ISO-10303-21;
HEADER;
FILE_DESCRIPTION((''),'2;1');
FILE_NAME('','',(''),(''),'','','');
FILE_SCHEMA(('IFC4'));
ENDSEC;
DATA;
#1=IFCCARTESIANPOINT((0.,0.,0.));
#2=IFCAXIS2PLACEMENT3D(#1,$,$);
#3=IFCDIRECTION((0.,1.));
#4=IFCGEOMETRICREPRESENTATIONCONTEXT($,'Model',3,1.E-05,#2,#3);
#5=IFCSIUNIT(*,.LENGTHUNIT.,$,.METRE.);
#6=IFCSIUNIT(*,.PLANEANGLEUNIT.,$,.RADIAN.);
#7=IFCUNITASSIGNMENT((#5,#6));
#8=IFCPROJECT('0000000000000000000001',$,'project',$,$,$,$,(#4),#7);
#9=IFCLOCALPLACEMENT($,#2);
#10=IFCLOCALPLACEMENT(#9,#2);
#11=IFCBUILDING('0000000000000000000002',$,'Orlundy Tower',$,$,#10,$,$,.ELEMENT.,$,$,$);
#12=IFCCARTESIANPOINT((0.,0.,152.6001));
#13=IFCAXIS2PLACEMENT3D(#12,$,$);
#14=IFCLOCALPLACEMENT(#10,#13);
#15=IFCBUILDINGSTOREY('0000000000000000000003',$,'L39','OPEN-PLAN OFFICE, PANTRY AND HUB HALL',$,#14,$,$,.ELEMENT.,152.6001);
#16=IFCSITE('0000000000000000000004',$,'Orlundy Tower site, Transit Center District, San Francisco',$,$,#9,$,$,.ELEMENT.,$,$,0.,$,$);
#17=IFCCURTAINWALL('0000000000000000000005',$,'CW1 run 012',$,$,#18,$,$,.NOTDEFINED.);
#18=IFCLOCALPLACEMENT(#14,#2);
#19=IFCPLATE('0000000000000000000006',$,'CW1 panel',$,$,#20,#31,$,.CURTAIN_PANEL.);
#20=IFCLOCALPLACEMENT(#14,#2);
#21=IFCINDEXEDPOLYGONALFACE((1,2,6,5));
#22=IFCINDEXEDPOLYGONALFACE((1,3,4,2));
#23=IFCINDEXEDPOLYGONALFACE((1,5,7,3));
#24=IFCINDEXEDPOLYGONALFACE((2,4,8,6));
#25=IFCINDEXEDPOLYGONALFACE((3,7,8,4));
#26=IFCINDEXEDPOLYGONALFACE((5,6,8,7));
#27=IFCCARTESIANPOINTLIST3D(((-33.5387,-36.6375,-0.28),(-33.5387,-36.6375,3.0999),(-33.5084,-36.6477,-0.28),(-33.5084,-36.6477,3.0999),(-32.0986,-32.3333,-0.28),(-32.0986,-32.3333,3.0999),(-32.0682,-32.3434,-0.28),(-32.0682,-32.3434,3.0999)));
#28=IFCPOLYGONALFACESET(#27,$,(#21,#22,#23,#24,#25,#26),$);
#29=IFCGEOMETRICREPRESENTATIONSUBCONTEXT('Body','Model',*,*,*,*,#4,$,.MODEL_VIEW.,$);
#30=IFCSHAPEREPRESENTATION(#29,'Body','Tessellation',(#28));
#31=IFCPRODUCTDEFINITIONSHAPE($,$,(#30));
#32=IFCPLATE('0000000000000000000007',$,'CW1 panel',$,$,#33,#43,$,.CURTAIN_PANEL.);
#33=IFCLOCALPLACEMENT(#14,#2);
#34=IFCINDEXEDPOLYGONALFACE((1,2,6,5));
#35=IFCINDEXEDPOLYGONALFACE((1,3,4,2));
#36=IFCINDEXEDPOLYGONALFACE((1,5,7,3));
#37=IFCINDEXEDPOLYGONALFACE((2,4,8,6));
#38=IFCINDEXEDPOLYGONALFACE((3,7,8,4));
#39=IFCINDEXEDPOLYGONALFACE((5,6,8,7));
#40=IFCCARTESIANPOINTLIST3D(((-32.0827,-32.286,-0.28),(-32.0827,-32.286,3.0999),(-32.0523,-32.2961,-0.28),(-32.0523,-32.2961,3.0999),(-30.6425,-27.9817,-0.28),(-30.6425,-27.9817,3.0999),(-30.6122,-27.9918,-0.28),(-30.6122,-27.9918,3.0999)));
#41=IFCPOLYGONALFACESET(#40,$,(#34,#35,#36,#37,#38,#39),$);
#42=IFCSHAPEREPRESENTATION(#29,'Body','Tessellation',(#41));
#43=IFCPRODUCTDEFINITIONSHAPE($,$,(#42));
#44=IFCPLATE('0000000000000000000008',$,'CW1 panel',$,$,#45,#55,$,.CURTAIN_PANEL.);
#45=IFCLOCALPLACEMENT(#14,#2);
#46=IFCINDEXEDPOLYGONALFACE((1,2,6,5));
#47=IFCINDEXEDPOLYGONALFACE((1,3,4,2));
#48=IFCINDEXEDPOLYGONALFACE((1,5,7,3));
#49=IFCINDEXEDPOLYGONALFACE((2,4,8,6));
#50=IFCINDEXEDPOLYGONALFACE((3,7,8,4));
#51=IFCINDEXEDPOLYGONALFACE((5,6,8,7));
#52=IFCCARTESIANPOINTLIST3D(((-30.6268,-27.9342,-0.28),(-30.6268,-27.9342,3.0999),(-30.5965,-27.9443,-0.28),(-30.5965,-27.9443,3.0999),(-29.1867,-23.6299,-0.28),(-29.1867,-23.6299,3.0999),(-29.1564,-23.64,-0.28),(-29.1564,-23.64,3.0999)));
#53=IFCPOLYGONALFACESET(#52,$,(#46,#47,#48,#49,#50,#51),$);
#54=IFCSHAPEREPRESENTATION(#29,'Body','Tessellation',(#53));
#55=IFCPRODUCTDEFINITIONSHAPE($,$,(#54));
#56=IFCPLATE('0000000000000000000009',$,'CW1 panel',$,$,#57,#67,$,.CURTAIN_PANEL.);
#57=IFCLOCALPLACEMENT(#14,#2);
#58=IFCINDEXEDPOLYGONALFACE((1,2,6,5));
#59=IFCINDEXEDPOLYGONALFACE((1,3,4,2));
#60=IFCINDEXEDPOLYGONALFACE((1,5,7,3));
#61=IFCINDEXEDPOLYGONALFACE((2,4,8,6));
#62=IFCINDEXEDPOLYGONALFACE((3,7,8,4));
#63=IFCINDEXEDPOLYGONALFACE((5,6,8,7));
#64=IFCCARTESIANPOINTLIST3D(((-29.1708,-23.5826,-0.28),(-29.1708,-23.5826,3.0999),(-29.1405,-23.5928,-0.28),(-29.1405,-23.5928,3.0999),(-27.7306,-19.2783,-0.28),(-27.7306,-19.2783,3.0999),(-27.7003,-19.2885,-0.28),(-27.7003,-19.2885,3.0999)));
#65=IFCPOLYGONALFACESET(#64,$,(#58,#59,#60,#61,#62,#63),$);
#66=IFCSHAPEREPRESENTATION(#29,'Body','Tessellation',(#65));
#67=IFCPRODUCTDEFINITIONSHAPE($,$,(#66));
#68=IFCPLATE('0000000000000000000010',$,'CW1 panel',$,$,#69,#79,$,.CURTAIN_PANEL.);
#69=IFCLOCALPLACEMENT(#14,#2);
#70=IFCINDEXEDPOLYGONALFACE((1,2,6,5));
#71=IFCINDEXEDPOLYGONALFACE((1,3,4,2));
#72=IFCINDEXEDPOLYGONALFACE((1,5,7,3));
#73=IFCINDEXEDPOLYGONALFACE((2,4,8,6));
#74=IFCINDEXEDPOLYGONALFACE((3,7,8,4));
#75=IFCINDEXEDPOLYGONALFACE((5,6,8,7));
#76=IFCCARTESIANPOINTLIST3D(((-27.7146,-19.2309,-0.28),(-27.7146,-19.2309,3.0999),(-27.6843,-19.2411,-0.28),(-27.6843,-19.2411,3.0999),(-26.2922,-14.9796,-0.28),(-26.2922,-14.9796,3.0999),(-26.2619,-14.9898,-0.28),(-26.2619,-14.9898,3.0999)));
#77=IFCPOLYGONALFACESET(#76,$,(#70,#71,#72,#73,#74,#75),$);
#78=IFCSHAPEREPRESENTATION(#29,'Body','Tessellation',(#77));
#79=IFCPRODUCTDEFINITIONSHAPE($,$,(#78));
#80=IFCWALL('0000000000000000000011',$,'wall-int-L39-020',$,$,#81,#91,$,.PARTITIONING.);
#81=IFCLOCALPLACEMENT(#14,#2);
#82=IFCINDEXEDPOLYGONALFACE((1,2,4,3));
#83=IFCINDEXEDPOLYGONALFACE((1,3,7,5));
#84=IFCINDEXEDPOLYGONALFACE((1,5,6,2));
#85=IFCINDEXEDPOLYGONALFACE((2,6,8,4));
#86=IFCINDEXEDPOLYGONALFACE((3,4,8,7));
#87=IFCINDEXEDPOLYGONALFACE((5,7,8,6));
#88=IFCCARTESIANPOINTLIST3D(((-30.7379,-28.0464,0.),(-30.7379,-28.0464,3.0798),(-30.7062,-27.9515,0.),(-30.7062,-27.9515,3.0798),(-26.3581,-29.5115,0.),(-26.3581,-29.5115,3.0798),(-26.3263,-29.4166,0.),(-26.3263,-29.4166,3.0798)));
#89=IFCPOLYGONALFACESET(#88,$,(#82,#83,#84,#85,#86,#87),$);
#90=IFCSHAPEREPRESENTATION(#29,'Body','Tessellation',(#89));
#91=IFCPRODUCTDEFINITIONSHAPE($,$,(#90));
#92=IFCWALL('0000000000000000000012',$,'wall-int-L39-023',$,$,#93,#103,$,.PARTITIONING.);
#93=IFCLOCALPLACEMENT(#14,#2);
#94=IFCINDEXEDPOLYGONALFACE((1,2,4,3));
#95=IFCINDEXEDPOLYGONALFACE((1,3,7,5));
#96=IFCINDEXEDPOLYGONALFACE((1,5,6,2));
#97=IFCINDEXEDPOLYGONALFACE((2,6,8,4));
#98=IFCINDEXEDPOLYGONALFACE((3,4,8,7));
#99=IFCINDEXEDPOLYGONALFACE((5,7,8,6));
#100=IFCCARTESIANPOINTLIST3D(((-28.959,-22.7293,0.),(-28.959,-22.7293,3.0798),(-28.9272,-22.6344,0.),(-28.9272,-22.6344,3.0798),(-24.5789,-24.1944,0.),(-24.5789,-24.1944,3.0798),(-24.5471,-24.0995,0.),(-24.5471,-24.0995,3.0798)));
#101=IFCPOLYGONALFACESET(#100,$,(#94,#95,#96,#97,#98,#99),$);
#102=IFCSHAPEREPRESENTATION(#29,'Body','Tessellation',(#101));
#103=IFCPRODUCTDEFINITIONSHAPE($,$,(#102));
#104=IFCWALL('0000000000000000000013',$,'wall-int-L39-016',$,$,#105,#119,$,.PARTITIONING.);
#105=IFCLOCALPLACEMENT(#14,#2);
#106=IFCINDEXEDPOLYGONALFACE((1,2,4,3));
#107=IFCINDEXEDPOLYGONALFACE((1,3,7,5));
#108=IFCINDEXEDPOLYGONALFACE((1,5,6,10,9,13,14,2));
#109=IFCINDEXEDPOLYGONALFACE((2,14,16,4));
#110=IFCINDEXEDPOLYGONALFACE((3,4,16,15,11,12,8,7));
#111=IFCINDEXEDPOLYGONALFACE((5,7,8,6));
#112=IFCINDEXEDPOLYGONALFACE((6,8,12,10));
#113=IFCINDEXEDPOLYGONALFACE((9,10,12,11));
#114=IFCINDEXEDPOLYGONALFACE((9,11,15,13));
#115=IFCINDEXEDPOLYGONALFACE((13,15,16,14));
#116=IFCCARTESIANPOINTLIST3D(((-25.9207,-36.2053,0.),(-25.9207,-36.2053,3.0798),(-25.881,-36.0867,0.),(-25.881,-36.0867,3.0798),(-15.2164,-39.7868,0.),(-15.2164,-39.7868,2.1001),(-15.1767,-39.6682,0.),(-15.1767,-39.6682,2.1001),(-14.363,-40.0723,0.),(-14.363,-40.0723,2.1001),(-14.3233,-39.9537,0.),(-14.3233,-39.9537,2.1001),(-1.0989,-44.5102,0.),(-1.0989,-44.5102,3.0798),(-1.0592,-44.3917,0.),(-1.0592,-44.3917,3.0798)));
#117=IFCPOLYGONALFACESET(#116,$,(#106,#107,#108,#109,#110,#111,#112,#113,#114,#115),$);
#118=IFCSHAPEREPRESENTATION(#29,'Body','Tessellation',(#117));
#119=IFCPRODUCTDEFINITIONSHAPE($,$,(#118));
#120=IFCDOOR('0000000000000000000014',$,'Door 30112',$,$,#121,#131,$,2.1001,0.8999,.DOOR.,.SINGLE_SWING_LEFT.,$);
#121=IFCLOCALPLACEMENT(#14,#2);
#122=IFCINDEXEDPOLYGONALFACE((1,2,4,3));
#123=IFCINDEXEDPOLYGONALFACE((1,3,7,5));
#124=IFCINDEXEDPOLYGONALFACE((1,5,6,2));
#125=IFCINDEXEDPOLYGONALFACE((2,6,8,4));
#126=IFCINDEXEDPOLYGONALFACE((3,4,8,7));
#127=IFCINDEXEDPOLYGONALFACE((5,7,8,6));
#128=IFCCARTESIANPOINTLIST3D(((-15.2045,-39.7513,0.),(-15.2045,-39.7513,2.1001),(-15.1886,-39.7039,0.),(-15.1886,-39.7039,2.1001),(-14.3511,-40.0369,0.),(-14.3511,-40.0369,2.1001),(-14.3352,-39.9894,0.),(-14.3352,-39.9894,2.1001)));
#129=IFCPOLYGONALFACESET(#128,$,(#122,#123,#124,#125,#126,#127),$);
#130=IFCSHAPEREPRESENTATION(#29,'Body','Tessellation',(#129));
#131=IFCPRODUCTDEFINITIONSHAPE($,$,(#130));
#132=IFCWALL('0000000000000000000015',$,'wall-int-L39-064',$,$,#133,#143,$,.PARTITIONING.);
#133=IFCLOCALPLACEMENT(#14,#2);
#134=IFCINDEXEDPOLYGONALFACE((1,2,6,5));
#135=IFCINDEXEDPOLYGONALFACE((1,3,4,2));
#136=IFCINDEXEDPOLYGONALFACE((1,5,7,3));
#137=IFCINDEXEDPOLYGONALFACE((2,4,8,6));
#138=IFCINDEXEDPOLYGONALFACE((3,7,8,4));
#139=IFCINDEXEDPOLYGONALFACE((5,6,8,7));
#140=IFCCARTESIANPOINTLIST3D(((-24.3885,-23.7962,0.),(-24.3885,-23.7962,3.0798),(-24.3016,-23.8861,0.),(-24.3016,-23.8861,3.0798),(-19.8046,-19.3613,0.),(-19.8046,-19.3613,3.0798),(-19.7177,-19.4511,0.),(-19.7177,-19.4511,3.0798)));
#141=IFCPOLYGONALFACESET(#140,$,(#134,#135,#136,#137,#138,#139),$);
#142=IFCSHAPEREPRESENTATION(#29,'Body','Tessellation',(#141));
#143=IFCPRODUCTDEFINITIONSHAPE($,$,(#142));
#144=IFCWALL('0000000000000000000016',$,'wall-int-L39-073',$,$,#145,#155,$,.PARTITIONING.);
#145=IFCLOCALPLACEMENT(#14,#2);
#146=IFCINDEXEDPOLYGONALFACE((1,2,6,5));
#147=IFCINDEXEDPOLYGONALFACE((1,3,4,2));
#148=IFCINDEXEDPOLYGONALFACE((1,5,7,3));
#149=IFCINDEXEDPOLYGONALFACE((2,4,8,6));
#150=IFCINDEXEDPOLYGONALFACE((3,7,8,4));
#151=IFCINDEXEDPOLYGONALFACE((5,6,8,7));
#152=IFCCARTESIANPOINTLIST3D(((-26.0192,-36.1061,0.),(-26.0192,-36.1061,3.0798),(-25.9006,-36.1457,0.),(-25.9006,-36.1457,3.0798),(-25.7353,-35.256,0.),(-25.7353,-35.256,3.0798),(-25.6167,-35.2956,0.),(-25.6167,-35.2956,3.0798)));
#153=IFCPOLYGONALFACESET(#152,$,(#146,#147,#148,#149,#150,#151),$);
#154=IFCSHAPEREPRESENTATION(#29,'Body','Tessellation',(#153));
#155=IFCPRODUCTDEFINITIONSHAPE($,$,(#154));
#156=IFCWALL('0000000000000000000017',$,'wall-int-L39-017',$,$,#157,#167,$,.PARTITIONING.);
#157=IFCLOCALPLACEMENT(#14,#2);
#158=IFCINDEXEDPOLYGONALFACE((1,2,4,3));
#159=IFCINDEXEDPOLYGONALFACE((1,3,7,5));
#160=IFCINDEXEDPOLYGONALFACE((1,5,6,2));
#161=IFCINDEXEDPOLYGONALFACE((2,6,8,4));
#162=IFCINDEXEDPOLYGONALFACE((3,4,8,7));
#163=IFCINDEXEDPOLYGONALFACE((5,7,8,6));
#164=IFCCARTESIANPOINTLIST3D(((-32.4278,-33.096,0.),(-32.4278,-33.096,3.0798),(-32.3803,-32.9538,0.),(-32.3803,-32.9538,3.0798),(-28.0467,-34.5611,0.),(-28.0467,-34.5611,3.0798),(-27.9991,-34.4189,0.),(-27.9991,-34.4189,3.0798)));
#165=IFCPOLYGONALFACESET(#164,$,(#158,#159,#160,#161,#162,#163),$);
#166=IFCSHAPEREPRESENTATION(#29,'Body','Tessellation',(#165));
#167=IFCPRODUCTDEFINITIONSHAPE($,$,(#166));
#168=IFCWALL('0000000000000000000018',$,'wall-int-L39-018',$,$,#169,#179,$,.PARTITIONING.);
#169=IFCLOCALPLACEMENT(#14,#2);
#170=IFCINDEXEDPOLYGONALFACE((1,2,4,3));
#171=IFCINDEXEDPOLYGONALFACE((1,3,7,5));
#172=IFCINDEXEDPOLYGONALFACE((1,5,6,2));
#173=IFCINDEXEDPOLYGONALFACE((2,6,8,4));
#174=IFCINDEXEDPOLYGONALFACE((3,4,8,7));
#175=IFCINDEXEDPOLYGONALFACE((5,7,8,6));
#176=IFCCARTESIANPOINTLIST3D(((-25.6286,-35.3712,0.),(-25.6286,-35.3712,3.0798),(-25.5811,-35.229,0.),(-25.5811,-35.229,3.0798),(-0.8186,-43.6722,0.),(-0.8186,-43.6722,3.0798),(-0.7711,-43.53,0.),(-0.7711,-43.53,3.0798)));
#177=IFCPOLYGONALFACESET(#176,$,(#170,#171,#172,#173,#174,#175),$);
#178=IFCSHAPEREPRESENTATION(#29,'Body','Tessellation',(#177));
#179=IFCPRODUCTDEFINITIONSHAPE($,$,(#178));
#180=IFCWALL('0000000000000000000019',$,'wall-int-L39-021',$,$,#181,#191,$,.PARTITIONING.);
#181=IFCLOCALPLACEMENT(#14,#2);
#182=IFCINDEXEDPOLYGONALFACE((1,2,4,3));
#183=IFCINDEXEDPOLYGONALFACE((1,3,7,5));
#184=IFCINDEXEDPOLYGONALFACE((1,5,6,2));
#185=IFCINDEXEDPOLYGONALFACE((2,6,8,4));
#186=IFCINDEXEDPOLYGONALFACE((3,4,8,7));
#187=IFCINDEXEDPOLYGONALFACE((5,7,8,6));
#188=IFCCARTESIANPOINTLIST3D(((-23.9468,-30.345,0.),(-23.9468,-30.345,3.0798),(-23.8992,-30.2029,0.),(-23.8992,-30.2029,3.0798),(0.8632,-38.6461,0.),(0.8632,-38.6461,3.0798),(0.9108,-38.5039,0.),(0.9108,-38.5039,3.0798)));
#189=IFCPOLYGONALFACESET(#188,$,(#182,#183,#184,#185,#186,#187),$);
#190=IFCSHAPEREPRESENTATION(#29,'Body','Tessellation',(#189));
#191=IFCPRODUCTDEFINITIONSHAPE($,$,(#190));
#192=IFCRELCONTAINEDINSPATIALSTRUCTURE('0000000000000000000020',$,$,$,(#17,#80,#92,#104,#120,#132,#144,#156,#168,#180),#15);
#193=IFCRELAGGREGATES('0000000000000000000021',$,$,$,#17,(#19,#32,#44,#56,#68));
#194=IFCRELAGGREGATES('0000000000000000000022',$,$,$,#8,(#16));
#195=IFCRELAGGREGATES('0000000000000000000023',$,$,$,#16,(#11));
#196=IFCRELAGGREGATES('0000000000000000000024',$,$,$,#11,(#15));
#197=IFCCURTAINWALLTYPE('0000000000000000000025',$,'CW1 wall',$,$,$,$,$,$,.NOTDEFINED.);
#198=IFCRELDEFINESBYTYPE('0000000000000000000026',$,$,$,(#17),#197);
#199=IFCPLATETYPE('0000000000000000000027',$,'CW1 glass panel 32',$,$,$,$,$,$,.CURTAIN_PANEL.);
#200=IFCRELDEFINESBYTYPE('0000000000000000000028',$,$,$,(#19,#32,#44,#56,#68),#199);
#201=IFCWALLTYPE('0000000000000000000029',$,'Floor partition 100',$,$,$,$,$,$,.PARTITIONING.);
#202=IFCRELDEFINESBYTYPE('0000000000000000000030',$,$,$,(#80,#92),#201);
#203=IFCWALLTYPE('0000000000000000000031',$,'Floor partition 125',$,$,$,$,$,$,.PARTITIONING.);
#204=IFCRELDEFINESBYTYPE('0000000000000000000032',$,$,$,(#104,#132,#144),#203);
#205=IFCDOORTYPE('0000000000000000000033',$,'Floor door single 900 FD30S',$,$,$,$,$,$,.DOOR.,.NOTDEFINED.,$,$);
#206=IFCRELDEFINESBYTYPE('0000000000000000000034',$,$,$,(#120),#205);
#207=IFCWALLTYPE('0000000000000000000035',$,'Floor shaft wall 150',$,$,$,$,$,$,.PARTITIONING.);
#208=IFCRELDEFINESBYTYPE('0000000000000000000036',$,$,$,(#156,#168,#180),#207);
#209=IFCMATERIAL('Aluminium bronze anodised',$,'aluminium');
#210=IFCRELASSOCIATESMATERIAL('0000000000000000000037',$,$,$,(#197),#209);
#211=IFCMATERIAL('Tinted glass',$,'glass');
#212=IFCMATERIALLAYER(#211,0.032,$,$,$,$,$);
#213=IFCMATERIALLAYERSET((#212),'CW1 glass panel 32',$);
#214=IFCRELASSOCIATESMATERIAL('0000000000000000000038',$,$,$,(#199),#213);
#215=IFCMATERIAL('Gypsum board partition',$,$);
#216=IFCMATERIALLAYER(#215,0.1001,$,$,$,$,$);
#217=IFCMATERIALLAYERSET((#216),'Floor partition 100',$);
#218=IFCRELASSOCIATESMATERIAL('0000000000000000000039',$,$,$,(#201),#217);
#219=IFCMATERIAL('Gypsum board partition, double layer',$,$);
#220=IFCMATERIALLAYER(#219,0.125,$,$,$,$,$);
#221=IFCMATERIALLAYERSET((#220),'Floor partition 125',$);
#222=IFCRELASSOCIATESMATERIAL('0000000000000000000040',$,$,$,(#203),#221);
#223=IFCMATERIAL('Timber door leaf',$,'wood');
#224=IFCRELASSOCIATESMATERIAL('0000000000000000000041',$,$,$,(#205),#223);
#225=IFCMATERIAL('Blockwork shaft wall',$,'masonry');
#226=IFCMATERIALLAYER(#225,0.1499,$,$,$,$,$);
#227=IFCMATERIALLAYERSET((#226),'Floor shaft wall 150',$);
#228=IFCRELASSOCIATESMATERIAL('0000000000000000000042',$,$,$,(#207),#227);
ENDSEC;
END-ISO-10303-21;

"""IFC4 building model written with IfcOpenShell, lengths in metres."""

from ifc_helpers import new_model, si_unit, direction, frame, frame_2d, origin, origin_2d, place, context, subcontext, project, spatial, rectangle, extrude, material, layer, layer_set, type_object, element, fill, aggregate, save


model = new_model("IFC4")

# Units and contexts
model_context = context("Model", 3, precision=1e-05, world=origin(), true_north=direction((0.0, 1.0)))
body_context = subcontext(model_context, "Body", "Model", "MODEL_VIEW")
ifc_project = project(units=[si_unit("LENGTHUNIT", "METRE"), si_unit("PLANEANGLEUNIT", "RADIAN")], contexts=[model_context])

# Site, building, storey
site_placement = place(None, origin())
site = spatial("IfcSite", under=ifc_project, at=site_placement, Name="Orlundy Tower site, Transit Center District, San Francisco", CompositionType="ELEMENT", RefElevation=0.0)
building_placement = place(site_placement, origin())
building = spatial("IfcBuilding", under=site, at=building_placement, Name="Orlundy Tower", CompositionType="ELEMENT")
storey_placement = place(building_placement, frame((0.0, 0.0, 152.6001)))
storey = spatial("IfcBuildingStorey", under=building, at=storey_placement, Name="L39", Description="OPEN-PLAN OFFICE, PANTRY AND HUB HALL", CompositionType="ELEMENT", Elevation=152.6001)

# Curtain wall
ifc_material_1 = material(Name="Aluminium bronze anodised", Category="aluminium")
curtain_wall_type = type_object("IfcCurtainWallType", Name="CW1 wall", PredefinedType="NOTDEFINED", material=ifc_material_1)
curtain_wall_1_placement = place(storey_placement, origin())
curtain_wall_1 = element("IfcCurtainWall", 1, at=curtain_wall_1_placement, inside=storey, type_object=curtain_wall_type, Name="CW1 run 012", PredefinedType="NOTDEFINED")

# Shared definitions
ifc_material_2 = material(Name="Tinted glass", Category="glass")
ifc_layer_1 = layer(ifc_material_2, 0.032)
ifc_layer_set_1 = layer_set([ifc_layer_1], Name="CW1 glass panel 32")
plate_type = type_object("IfcPlateType", Name="CW1 glass panel 32", PredefinedType="CURTAIN_PANEL", material=ifc_layer_set_1)

# Plates
plate_1_placement = place(storey_placement, frame((-32.8035, -34.4905, -0.28), z_axis=(0.0, 0.0, 1.0), x_axis=(0.317295, 0.948327, 0.0)))
plate_1 = element("IfcPlate", 2, at=plate_1_placement, type_object=plate_type, Name="CW1 panel", PredefinedType="CURTAIN_PANEL", context=body_context, shape_type="SweptSolid", body=[
    extrude(rectangle(XDim=4.5388, YDim=0.032, at=origin_2d()), origin(), (0.0, 0.0, 1.0), 3.3799),
])
plate_2_placement = place(storey_placement, frame((-31.3474, -30.1389, -0.28), z_axis=(0.0, 0.0, 1.0), x_axis=(0.317295, 0.948327, 0.0)))
plate_2 = element("IfcPlate", 3, at=plate_2_placement, type_object=plate_type, Name="CW1 panel", PredefinedType="CURTAIN_PANEL", context=body_context, shape_type="SweptSolid", body=[
    extrude(rectangle(XDim=4.5388, YDim=0.032, at=origin_2d()), origin(), (0.0, 0.0, 1.0), 3.3799),
])
plate_3_placement = place(storey_placement, frame((-29.8916, -25.7871, -0.28), z_axis=(0.0, 0.0, 1.0), x_axis=(0.317295, 0.948327, 0.0)))
plate_3 = element("IfcPlate", 4, at=plate_3_placement, type_object=plate_type, Name="CW1 panel", PredefinedType="CURTAIN_PANEL", context=body_context, shape_type="SweptSolid", body=[
    extrude(rectangle(XDim=4.5388, YDim=0.032, at=origin_2d()), origin(), (0.0, 0.0, 1.0), 3.3799),
])
plate_4_placement = place(storey_placement, frame((-28.4355, -21.4355, -0.28), z_axis=(0.0, 0.0, 1.0), x_axis=(0.317295, 0.948327, 0.0)))
plate_4 = element("IfcPlate", 5, at=plate_4_placement, type_object=plate_type, Name="CW1 panel", PredefinedType="CURTAIN_PANEL", context=body_context, shape_type="SweptSolid", body=[
    extrude(rectangle(XDim=4.5388, YDim=0.032, at=origin_2d()), origin(), (0.0, 0.0, 1.0), 3.3799),
])
plate_5_placement = place(storey_placement, frame((-26.9883, -17.1104, -0.28), z_axis=(0.0, 0.0, 1.0), x_axis=(0.317295, 0.948327, 0.0)))
plate_5 = element("IfcPlate", 6, at=plate_5_placement, type_object=plate_type, Name="CW1 panel", PredefinedType="CURTAIN_PANEL", context=body_context, shape_type="SweptSolid", body=[
    extrude(rectangle(XDim=4.4829, YDim=0.032, at=origin_2d()), origin(), (0.0, 0.0, 1.0), 3.3799),
])
aggregate(curtain_wall_1, [plate_1, plate_2, plate_3, plate_4, plate_5])

# Walls
ifc_material_3 = material(Name="Gypsum board partition")
ifc_layer_2 = layer(ifc_material_3, 0.1001)
ifc_layer_set_2 = layer_set([ifc_layer_2], Name="Floor partition 100")
wall_type_1 = type_object("IfcWallType", Name="Floor partition 100", PredefinedType="PARTITIONING", material=ifc_layer_set_2)
wall_1_placement = place(storey_placement, frame((-30.7219, -27.999, 0.0), z_axis=(0.0, 0.0, 1.0), x_axis=(0.94835, -0.317227, 0.0)))
element("IfcWall", 7, at=wall_1_placement, inside=storey, type_object=wall_type_1, Name="wall-int-L39-020", PredefinedType="PARTITIONING", context=body_context, shape_type="SweptSolid", body=[
    extrude(rectangle(XDim=4.6184, YDim=0.1001, at=frame_2d((2.3091, 0.0))), origin(), (0.0, 0.0, 1.0), 3.0798),
])
wall_2_placement = place(storey_placement, frame((-28.9431, -22.6819, 0.0), z_axis=(0.0, 0.0, 1.0), x_axis=(0.948355, -0.317211, 0.0)))
element("IfcWall", 8, at=wall_2_placement, inside=storey, type_object=wall_type_1, Name="wall-int-L39-023", PredefinedType="PARTITIONING", context=body_context, shape_type="SweptSolid", body=[
    extrude(rectangle(XDim=4.6187, YDim=0.1001, at=frame_2d((2.3093, 0.0))), origin(), (0.0, 0.0, 1.0), 3.0798),
])

# Wall, opening, door
ifc_material_4 = material(Name="Gypsum board partition, double layer")
ifc_layer_3 = layer(ifc_material_4, 0.125)
ifc_layer_set_3 = layer_set([ifc_layer_3], Name="Floor partition 125")
wall_type_2 = type_object("IfcWallType", Name="Floor partition 125", PredefinedType="PARTITIONING", material=ifc_layer_set_3)
wall_3_placement = place(storey_placement, frame((-25.9009, -36.146, 0.0), z_axis=(0.0, 0.0, 1.0), x_axis=(0.948327, -0.317294, 0.0)))
wall_3 = element("IfcWall", 9, at=wall_3_placement, inside=storey, type_object=wall_type_2, Name="wall-int-L39-016", PredefinedType="PARTITIONING", context=body_context, shape_type="SweptSolid", body=[
    extrude(rectangle(XDim=26.1743, YDim=0.125, at=frame_2d((13.0872, 0.0))), origin(), (0.0, 0.0, 1.0), 3.0798),
])
opening_placement = place(wall_3_placement, frame((11.2876, 0.0, 0.0)))
opening = element("IfcOpeningElement", 10, at=opening_placement, cuts=wall_3, PredefinedType="OPENING", context=body_context, shape_type="SweptSolid", body=[
    extrude(rectangle(XDim=0.8999, YDim=2.1001, at=frame_2d((0.45, 1.05))), frame((0.0, 0.0725, 0.0), z_axis=(0.0, -1.0, 0.0), x_axis=(1.0, 0.0, 0.0)), (0.0, 0.0, 1.0), 0.145),
])
ifc_material_5 = material(Name="Timber door leaf", Category="wood")
door_type = type_object("IfcDoorType", Name="Floor door single 900 FD30S", OperationType="NOTDEFINED", PredefinedType="DOOR", material=ifc_material_5)
door_placement = place(opening_placement, origin())
door = element("IfcDoor", 11, at=door_placement, inside=storey, type_object=door_type, Name="Door 30112", OperationType="SINGLE_SWING_LEFT", OverallHeight=2.1001, OverallWidth=0.8999, PredefinedType="DOOR", context=body_context, shape_type="SweptSolid", body=[
    extrude(rectangle(XDim=0.8999, YDim=2.1001, at=frame_2d((0.45, 1.05))), frame((0.0, 0.0249, 0.0), z_axis=(0.0, -1.0, 0.0), x_axis=(1.0, 0.0, 0.0)), (0.0, 0.0, 1.0), 0.05),
])
fill(opening, door)

# Walls
wall_4_placement = place(storey_placement, frame((-24.345, -23.8411, 0.0), z_axis=(0.0, 0.0, 1.0), x_axis=(0.718685, 0.695336, 0.0)))
element("IfcWall", 12, at=wall_4_placement, inside=storey, type_object=wall_type_2, Name="wall-int-L39-064", PredefinedType="PARTITIONING", context=body_context, shape_type="SweptSolid", body=[
    extrude(rectangle(XDim=6.3782, YDim=0.125, at=frame_2d((3.189, 0.0))), origin(), (0.0, 0.0, 1.0), 3.0798),
])
wall_5_placement = place(storey_placement, frame((-25.96, -36.126, 0.0), z_axis=(0.0, 0.0, 1.0), x_axis=(0.3168, 0.948492, 0.0)))
element("IfcWall", 13, at=wall_5_placement, inside=storey, type_object=wall_type_2, Name="wall-int-L39-073", PredefinedType="PARTITIONING", context=body_context, shape_type="SweptSolid", body=[
    extrude(rectangle(XDim=0.8962, YDim=0.125, at=frame_2d((0.4482, 0.0))), origin(), (0.0, 0.0, 1.0), 3.0798),
])
ifc_material_6 = material(Name="Blockwork shaft wall", Category="masonry")
ifc_layer_4 = layer(ifc_material_6, 0.1499)
ifc_layer_set_4 = layer_set([ifc_layer_4], Name="Floor shaft wall 150")
wall_type_3 = type_object("IfcWallType", Name="Floor shaft wall 150", PredefinedType="PARTITIONING", material=ifc_layer_set_4)
wall_6_placement = place(storey_placement, frame((-32.4041, -33.0249, 0.0), z_axis=(0.0, 0.0, 1.0), x_axis=(0.948376, -0.317147, 0.0)))
element("IfcWall", 14, at=wall_6_placement, inside=storey, type_object=wall_type_3, Name="wall-int-L39-017", PredefinedType="PARTITIONING", context=body_context, shape_type="SweptSolid", body=[
    extrude(rectangle(XDim=4.6196, YDim=0.1499, at=frame_2d((2.3098, 0.0))), origin(), (0.0, 0.0, 1.0), 3.0798),
])
for number, where, z_axis, x_axis, name in (
    (15, (-25.605, -35.3, 0.0), (0.0, 0.0, 1.0), (0.948327, -0.317294, 0.0), "wall-int-L39-018"),
    (16, (-23.9231, -30.2739, 0.0), (0.0, 0.0, 1.0), (0.948327, -0.317294, 0.0), "wall-int-L39-021"),
):
    element("IfcWall", number, at=place(storey_placement, frame(where, z_axis=z_axis, x_axis=x_axis)), inside=storey, type_object=wall_type_3, Name=name, PredefinedType="PARTITIONING", context=body_context, shape_type="SweptSolid", body=[
        extrude(rectangle(XDim=26.1619, YDim=0.1499, at=frame_2d((13.0811, 0.0))), origin(), (0.0, 0.0, 1.0), 3.0798),
    ])

save(model, "model.ifc")
